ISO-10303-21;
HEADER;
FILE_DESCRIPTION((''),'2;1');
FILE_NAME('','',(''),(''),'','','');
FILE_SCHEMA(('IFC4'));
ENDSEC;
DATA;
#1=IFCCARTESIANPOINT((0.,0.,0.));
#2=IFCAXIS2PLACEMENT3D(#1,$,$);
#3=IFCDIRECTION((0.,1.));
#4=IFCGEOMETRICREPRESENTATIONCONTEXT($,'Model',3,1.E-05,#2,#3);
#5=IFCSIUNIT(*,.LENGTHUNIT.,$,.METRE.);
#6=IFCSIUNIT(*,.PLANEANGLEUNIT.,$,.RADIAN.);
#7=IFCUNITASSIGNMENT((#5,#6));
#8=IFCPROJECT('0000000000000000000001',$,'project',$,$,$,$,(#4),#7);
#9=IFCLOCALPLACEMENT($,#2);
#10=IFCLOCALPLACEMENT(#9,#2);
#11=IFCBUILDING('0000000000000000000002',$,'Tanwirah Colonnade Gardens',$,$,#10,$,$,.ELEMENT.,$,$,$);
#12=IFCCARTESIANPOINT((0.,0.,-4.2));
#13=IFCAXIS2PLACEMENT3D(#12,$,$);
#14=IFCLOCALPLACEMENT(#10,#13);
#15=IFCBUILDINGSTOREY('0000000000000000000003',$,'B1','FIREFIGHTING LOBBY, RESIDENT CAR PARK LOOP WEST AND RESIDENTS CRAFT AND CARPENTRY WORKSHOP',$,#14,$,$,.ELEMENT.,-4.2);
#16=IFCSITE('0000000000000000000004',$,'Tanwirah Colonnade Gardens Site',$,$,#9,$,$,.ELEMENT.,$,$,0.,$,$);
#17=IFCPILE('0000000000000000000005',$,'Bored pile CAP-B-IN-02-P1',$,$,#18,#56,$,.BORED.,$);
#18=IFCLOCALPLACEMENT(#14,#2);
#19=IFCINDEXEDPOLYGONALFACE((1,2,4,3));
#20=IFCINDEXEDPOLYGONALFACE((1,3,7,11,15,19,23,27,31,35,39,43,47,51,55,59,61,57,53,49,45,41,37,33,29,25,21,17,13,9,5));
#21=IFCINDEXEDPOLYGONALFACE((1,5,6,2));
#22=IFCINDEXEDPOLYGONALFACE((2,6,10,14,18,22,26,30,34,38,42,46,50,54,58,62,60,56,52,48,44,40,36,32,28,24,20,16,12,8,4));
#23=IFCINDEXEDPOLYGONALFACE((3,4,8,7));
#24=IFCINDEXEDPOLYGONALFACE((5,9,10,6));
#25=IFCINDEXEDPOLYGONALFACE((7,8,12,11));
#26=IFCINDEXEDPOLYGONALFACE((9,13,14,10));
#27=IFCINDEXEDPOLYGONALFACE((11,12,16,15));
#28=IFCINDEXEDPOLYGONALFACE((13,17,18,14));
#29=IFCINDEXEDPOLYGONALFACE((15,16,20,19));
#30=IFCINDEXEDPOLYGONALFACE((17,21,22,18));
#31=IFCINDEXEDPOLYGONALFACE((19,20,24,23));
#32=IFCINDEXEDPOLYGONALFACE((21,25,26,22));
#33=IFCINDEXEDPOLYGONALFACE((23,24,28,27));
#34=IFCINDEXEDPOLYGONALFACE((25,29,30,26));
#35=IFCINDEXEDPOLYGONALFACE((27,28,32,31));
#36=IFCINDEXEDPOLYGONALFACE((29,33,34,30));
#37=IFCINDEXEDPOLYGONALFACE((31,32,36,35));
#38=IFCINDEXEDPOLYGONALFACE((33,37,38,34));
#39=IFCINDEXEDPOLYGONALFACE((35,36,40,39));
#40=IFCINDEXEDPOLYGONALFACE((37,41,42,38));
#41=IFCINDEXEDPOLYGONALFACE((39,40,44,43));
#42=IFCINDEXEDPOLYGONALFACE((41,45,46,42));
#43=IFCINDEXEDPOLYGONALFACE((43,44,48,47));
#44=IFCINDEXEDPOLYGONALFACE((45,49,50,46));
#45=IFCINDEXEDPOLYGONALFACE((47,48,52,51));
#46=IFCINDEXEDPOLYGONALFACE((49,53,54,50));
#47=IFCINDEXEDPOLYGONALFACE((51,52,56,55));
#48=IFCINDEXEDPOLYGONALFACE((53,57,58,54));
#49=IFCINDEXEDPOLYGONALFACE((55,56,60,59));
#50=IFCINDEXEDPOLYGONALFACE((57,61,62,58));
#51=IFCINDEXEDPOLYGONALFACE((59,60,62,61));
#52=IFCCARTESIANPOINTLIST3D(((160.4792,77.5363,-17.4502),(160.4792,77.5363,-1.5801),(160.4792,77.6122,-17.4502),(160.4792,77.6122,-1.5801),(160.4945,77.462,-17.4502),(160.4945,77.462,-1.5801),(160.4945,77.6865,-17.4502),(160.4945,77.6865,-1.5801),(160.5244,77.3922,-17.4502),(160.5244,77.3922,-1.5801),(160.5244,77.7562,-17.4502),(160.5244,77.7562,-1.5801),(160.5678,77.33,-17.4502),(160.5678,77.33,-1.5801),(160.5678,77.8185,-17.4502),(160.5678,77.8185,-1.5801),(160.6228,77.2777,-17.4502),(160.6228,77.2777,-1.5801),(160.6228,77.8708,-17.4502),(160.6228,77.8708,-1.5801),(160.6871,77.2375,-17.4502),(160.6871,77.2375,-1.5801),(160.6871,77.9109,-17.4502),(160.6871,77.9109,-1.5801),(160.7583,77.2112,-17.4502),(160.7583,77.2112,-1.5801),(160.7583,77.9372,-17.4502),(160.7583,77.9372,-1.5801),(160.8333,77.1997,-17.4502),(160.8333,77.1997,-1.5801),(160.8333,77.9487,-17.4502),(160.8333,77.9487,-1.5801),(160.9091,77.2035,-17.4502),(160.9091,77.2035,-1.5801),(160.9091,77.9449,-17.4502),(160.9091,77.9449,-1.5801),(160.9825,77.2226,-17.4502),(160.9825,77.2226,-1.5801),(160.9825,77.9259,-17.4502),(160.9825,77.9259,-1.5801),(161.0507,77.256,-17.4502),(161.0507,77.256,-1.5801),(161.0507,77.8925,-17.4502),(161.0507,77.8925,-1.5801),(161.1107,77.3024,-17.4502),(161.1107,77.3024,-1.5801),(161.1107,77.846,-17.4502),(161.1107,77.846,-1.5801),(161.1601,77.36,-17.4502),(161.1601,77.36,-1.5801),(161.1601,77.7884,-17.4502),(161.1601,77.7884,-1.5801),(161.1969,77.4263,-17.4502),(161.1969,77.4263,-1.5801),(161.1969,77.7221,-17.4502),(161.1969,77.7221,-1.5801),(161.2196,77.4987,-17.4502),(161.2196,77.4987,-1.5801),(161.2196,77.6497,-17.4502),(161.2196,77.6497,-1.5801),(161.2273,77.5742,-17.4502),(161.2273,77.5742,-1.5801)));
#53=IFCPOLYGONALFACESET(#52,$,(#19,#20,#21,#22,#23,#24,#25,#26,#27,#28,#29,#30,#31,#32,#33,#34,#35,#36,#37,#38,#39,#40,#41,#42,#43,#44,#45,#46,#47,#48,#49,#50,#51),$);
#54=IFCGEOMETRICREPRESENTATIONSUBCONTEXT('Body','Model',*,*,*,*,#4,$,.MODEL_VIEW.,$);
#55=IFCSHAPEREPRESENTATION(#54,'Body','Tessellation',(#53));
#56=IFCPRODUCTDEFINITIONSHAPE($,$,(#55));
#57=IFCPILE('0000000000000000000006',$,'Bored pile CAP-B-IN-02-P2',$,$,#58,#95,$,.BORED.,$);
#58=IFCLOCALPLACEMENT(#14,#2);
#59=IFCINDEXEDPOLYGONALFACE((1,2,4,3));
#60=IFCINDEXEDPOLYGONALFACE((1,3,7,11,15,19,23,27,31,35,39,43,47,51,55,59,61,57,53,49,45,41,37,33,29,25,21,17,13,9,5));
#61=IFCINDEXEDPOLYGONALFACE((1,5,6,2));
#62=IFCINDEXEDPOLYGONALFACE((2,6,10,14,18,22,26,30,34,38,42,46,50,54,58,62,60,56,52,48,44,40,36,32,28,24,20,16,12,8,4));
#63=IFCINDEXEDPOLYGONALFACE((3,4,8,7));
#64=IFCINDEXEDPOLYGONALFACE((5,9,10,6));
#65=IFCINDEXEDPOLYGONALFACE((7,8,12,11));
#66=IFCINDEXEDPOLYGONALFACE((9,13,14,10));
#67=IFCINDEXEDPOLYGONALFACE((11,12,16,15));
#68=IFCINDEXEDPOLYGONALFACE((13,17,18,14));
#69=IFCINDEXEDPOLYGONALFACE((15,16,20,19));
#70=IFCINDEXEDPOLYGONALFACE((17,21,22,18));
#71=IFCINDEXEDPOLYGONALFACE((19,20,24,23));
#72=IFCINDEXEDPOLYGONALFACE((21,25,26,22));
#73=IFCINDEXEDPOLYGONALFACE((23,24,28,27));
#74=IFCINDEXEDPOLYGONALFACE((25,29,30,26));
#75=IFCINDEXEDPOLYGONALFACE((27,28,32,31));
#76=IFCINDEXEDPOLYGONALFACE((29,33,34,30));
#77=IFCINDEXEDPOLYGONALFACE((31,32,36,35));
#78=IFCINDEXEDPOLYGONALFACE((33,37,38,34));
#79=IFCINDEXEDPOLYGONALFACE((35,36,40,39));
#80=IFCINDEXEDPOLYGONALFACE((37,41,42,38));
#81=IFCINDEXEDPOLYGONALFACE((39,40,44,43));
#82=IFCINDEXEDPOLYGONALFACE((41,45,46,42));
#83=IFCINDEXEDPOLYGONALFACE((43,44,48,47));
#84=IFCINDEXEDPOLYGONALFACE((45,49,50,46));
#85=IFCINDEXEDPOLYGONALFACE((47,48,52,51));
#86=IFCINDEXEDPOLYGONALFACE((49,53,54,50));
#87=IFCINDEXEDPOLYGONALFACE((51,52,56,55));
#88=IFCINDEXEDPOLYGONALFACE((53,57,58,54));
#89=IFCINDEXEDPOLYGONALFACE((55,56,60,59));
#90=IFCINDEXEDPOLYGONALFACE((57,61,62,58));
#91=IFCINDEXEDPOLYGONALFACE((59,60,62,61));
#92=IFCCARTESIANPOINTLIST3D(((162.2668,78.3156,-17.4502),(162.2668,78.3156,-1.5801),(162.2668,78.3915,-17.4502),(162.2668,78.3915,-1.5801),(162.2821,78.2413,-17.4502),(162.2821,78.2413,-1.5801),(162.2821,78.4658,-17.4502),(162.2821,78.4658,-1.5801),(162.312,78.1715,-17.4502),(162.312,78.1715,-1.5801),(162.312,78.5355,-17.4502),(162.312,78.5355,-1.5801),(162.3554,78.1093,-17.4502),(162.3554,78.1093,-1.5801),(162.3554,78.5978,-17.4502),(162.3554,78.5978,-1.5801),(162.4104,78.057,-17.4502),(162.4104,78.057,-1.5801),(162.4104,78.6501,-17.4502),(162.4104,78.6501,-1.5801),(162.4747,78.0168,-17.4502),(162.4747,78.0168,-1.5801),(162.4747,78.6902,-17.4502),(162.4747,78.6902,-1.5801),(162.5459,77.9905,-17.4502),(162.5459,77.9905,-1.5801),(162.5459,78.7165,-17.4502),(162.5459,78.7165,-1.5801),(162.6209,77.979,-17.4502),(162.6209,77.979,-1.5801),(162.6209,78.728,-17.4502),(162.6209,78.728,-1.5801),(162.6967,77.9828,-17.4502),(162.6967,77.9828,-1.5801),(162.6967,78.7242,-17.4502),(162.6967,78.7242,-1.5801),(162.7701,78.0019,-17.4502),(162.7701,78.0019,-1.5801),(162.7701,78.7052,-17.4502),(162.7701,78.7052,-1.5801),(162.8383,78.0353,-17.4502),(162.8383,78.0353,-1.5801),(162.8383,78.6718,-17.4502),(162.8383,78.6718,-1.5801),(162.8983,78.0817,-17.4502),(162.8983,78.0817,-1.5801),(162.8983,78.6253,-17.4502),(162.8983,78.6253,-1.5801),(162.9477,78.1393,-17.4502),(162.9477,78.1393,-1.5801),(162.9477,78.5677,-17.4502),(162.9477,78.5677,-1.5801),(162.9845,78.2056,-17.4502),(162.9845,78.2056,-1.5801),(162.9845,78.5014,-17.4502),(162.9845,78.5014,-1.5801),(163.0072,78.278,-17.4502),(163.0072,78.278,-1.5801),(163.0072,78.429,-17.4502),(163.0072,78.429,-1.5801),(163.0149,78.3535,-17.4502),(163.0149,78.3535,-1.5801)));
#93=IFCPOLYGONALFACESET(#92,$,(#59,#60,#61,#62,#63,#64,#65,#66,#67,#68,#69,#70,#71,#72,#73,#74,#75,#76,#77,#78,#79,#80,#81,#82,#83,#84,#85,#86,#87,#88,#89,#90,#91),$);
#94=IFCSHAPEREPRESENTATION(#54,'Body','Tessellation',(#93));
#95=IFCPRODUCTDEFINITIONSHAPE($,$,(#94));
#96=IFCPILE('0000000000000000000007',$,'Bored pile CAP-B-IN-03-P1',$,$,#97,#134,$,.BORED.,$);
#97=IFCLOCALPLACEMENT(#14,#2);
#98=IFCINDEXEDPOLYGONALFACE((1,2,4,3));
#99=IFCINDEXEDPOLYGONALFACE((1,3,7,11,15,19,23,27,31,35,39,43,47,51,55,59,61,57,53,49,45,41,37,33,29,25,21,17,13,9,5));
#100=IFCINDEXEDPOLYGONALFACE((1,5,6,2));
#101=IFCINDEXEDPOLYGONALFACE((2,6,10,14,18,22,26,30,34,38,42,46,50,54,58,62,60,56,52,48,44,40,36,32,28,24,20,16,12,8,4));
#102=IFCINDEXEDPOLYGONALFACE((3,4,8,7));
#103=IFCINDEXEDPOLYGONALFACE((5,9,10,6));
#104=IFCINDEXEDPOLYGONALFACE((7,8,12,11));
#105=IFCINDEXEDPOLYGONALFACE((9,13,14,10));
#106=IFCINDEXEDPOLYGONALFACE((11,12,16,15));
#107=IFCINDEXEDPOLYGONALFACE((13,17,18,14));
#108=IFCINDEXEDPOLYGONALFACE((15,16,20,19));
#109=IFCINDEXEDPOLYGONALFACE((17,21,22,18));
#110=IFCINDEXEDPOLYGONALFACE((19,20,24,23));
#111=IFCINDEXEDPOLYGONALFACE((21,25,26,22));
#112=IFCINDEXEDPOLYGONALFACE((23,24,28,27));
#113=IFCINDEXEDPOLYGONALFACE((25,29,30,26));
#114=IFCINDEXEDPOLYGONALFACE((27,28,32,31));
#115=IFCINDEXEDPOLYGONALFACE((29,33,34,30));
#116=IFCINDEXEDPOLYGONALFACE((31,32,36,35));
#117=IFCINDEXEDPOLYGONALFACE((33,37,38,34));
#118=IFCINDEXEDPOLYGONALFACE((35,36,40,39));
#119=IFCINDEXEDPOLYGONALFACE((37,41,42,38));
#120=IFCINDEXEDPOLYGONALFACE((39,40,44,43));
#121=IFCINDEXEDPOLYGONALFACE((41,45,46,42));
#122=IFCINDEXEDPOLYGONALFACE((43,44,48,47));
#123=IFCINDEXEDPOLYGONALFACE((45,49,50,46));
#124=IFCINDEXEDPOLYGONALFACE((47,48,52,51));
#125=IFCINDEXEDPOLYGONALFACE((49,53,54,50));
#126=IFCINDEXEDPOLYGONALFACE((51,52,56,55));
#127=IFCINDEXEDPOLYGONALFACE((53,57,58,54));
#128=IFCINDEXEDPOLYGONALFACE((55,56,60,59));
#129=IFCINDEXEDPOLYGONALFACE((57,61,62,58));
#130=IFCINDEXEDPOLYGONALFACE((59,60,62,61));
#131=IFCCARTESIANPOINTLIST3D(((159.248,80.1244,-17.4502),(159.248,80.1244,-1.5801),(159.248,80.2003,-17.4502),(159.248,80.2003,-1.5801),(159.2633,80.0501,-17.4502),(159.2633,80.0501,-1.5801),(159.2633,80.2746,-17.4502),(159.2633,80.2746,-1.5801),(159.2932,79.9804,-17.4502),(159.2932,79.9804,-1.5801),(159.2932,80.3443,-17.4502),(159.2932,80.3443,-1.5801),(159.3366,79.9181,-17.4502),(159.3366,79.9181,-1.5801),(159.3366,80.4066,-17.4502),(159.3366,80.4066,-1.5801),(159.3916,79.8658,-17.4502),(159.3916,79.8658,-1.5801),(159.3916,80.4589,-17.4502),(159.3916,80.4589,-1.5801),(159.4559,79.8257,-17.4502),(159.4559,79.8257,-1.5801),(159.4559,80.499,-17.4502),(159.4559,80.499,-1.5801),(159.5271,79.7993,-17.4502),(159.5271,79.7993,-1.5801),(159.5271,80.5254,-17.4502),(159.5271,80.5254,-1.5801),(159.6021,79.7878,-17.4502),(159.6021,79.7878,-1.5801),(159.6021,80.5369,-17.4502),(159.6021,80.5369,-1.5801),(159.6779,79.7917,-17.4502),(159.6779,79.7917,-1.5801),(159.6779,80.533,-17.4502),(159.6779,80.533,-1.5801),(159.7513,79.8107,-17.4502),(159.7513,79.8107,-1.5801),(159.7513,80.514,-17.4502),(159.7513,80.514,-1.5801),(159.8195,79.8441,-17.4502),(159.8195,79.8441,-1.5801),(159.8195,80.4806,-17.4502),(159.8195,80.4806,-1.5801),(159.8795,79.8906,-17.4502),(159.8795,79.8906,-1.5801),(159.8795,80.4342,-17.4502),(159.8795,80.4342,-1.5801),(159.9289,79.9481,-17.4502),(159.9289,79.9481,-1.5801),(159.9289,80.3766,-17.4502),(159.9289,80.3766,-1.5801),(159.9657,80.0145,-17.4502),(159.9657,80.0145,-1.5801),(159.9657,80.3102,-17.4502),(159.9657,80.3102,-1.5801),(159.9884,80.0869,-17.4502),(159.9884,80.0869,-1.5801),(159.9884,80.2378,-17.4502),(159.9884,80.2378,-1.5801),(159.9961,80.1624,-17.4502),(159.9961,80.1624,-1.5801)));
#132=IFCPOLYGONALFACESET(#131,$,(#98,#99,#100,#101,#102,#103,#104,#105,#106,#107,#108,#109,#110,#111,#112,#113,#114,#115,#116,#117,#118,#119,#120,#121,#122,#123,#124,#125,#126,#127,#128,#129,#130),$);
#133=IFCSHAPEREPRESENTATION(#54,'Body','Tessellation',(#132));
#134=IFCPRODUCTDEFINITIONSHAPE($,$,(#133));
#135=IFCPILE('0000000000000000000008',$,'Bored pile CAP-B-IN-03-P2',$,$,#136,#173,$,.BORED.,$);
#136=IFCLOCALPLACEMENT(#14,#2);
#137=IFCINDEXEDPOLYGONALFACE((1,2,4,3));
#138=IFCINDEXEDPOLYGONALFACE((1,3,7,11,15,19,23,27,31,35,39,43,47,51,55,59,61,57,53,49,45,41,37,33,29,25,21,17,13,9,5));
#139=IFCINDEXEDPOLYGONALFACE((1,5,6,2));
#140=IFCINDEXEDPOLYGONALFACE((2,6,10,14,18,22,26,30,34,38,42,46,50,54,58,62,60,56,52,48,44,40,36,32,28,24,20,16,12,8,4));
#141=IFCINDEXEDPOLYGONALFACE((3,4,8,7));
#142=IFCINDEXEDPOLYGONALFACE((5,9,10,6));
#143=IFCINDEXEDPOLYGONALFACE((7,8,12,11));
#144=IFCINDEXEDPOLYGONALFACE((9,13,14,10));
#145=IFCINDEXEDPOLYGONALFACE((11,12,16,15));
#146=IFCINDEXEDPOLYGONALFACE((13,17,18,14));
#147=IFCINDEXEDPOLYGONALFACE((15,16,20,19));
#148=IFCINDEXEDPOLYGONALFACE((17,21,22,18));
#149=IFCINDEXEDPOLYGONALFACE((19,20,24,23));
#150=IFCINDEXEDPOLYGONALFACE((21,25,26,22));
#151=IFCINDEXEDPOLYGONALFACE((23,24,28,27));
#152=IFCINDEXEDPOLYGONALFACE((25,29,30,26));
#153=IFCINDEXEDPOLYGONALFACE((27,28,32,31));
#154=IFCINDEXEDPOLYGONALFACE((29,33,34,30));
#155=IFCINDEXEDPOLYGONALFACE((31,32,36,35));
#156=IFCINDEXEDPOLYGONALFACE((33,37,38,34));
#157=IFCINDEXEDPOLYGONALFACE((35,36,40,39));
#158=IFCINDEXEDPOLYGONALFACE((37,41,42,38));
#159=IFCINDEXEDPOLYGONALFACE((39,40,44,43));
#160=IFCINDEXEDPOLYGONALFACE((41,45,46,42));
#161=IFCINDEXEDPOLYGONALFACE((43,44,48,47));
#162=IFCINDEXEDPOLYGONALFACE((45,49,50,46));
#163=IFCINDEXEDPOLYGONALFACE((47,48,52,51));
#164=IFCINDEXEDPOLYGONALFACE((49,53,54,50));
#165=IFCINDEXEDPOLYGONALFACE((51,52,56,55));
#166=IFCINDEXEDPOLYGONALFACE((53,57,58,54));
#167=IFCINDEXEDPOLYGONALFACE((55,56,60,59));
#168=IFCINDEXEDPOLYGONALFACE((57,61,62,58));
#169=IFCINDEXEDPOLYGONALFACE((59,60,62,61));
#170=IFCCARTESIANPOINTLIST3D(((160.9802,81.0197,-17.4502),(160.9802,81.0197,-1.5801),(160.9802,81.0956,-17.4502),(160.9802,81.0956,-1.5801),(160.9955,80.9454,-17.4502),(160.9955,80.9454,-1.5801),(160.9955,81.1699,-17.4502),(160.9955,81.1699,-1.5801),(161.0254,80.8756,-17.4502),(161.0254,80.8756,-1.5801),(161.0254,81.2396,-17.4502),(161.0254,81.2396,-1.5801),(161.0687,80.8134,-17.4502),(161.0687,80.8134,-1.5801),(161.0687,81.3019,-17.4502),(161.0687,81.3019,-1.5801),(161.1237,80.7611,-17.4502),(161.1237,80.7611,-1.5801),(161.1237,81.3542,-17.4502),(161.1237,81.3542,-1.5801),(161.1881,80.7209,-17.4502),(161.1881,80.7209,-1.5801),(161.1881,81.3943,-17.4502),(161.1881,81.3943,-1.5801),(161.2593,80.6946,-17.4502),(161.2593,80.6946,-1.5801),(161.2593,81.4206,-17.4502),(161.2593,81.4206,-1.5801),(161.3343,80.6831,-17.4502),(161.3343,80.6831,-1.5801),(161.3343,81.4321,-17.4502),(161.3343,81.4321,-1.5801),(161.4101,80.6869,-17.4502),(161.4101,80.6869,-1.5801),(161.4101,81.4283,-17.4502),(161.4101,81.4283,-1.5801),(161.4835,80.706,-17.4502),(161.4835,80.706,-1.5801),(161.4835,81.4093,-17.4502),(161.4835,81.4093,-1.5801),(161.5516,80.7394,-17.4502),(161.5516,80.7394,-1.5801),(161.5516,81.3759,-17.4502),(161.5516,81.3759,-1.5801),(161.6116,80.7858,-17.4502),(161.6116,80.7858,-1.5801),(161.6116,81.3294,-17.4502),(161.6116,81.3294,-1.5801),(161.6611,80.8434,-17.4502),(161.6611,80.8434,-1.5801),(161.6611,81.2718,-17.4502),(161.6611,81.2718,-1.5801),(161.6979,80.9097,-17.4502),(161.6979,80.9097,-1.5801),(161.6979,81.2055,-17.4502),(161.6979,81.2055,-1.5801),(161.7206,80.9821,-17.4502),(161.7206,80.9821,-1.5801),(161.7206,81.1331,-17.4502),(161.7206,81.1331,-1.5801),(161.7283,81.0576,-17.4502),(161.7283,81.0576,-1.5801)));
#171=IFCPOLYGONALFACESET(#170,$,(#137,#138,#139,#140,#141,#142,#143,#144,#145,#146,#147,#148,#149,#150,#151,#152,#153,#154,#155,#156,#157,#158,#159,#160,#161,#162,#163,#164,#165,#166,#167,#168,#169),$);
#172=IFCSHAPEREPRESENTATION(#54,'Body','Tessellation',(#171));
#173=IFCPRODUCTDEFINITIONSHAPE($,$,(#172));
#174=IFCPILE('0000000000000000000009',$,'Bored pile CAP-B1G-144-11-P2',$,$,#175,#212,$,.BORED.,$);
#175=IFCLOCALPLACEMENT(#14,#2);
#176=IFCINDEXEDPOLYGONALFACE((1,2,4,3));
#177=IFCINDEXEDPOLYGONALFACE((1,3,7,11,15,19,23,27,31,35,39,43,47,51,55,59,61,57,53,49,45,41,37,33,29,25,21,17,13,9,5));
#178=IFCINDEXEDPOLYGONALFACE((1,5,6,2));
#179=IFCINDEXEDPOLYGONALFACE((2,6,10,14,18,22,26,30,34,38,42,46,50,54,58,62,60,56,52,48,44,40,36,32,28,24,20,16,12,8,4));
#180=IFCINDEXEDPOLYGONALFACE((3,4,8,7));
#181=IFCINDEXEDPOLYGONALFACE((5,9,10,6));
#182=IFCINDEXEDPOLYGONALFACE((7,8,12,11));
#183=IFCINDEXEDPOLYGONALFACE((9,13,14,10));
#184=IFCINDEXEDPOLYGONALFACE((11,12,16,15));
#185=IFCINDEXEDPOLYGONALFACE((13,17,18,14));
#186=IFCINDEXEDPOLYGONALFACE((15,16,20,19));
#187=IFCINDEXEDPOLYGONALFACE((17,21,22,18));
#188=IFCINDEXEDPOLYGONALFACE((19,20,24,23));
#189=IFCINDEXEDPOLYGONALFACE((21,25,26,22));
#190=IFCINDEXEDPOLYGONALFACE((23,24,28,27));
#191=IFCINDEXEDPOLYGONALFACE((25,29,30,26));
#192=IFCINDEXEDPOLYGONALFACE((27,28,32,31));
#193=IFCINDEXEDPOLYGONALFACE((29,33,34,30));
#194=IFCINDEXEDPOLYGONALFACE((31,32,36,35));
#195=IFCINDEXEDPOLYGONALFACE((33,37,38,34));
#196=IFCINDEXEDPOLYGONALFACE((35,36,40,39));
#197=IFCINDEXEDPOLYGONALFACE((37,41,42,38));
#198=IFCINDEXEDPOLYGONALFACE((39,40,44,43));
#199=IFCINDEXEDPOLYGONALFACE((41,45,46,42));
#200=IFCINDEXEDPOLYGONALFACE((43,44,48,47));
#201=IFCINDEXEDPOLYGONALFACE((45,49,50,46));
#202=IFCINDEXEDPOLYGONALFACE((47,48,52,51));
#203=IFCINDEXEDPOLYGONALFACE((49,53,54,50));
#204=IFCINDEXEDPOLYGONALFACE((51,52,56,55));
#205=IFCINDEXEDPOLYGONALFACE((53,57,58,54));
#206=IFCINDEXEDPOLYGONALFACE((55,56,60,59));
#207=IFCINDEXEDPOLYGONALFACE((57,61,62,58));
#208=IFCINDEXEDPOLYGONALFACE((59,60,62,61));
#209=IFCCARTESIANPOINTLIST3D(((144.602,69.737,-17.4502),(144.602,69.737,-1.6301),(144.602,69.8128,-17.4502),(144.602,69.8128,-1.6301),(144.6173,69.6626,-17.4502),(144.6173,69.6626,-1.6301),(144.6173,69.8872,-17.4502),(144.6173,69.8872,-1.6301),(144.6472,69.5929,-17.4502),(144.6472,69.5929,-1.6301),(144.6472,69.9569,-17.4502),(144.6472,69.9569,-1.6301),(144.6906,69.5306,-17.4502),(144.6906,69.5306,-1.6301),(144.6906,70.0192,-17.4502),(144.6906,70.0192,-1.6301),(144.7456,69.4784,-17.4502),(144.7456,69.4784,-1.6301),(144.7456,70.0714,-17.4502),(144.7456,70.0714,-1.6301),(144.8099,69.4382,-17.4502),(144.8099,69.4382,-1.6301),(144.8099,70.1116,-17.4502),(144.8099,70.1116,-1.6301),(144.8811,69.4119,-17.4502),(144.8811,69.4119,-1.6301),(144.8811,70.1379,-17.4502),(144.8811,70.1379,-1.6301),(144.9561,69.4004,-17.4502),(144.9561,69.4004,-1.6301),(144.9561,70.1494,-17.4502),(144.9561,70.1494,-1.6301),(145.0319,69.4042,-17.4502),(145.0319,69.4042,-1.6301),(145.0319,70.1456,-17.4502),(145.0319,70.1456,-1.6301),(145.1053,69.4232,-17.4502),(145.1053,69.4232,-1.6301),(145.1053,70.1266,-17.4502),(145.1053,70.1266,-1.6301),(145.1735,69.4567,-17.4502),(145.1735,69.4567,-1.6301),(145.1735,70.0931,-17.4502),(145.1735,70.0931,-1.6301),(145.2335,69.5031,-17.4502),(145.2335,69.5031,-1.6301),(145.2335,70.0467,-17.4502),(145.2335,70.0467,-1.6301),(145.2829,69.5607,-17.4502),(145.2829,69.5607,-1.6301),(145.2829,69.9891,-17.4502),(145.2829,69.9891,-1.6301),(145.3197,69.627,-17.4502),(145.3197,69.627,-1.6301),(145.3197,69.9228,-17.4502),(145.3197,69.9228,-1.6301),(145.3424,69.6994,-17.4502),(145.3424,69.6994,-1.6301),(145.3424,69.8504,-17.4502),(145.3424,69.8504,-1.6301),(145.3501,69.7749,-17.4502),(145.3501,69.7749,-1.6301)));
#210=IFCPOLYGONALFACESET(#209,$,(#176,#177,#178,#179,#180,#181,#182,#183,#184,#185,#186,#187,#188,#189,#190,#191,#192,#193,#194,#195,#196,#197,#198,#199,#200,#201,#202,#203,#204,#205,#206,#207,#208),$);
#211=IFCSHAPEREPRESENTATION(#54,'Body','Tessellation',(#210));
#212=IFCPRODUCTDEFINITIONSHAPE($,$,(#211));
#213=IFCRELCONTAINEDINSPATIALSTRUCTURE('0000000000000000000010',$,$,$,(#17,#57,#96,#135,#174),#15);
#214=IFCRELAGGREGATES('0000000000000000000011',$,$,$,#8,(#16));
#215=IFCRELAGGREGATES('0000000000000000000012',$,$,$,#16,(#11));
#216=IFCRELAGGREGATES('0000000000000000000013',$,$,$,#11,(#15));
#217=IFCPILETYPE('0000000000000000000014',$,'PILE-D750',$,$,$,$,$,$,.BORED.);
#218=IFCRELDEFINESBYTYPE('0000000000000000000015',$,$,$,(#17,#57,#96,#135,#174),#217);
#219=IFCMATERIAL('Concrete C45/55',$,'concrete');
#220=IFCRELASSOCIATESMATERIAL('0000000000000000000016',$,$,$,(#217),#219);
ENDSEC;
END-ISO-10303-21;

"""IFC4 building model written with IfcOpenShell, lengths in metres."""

from ifc_helpers import new_model, si_unit, direction, frame, origin, origin_2d, place, context, subcontext, project, spatial, circle, extrude, material, material_profile, profile_set, type_object, element, save


model = new_model("IFC4")

# Units and contexts
model_context = context("Model", 3, precision=1e-05, world=origin(), true_north=direction((0.0, 1.0)))
body_context = subcontext(model_context, "Body", "Model", "MODEL_VIEW")
ifc_project = project(units=[si_unit("LENGTHUNIT", "METRE"), si_unit("PLANEANGLEUNIT", "RADIAN")], contexts=[model_context])

# Site, building, storey
site_placement = place(None, origin())
site = spatial("IfcSite", under=ifc_project, at=site_placement, Name="Tanwirah Colonnade Gardens Site", CompositionType="ELEMENT", RefElevation=0.0)
building_placement = place(site_placement, origin())
building = spatial("IfcBuilding", under=site, at=building_placement, Name="Tanwirah Colonnade Gardens", CompositionType="ELEMENT")
storey_placement = place(building_placement, frame((0.0, 0.0, -4.2)))
storey = spatial("IfcBuildingStorey", under=building, at=storey_placement, Name="B1", Description="FIREFIGHTING LOBBY, RESIDENT CAR PARK LOOP WEST AND RESIDENTS CRAFT AND CARPENTRY WORKSHOP", CompositionType="ELEMENT", Elevation=-4.2)

# Shared definitions
ifc_material_1 = material(Name="Concrete C45/55", Category="concrete")

# Piles
ifc_material_profile_1 = material_profile(ifc_material_1, circle(Radius=0.375, at=origin_2d()), Name="PILE D750")
ifc_profile_set_1 = profile_set([ifc_material_profile_1], Name="Concrete C45/55")
pile_type_1 = type_object("IfcPileType", Name="PILE-D750", PredefinedType="BORED", material=ifc_profile_set_1)
for number, where, z_axis, x_axis, name in (
    (1, (160.8523, 77.5742, -1.5801), (0.0, 0.0, -1.0), (1.0, 0.0, 0.0), "Bored pile CAP-B-IN-02-P1"),
    (2, (162.6399, 78.3535, -1.5801), (0.0, 0.0, -1.0), (1.0, 0.0, 0.0), "Bored pile CAP-B-IN-02-P2"),
    (3, (159.6211, 80.1624, -1.5801), (0.0, 0.0, -1.0), (1.0, 0.0, 0.0), "Bored pile CAP-B-IN-03-P1"),
    (4, (161.3533, 81.0576, -1.5801), (0.0, 0.0, -1.0), (1.0, 0.0, 0.0), "Bored pile CAP-B-IN-03-P2"),
):
    element("IfcPile", number, at=place(storey_placement, frame(where, z_axis=z_axis, x_axis=x_axis)), inside=storey, type_object=pile_type_1, Name=name, PredefinedType="BORED", context=body_context, shape_type="SweptSolid", body=[
        extrude(circle(Radius=0.375, at=origin_2d()), origin(), (0.0, 0.0, 1.0), 15.8701),
    ])
for number, where, z_axis, x_axis, name in (
    (5, (144.9751, 69.7749, -1.6301), (0.0, 0.0, -1.0), (1.0, 0.0, 0.0), "Bored pile CAP-B1G-144-11-P2"),
):
    element("IfcPile", number, at=place(storey_placement, frame(where, z_axis=z_axis, x_axis=x_axis)), inside=storey, type_object=pile_type_1, Name=name, PredefinedType="BORED", context=body_context, shape_type="SweptSolid", body=[
        extrude(circle(Radius=0.375, at=origin_2d()), origin(), (0.0, 0.0, 1.0), 15.8201),
    ])

save(model, "model.ifc")
